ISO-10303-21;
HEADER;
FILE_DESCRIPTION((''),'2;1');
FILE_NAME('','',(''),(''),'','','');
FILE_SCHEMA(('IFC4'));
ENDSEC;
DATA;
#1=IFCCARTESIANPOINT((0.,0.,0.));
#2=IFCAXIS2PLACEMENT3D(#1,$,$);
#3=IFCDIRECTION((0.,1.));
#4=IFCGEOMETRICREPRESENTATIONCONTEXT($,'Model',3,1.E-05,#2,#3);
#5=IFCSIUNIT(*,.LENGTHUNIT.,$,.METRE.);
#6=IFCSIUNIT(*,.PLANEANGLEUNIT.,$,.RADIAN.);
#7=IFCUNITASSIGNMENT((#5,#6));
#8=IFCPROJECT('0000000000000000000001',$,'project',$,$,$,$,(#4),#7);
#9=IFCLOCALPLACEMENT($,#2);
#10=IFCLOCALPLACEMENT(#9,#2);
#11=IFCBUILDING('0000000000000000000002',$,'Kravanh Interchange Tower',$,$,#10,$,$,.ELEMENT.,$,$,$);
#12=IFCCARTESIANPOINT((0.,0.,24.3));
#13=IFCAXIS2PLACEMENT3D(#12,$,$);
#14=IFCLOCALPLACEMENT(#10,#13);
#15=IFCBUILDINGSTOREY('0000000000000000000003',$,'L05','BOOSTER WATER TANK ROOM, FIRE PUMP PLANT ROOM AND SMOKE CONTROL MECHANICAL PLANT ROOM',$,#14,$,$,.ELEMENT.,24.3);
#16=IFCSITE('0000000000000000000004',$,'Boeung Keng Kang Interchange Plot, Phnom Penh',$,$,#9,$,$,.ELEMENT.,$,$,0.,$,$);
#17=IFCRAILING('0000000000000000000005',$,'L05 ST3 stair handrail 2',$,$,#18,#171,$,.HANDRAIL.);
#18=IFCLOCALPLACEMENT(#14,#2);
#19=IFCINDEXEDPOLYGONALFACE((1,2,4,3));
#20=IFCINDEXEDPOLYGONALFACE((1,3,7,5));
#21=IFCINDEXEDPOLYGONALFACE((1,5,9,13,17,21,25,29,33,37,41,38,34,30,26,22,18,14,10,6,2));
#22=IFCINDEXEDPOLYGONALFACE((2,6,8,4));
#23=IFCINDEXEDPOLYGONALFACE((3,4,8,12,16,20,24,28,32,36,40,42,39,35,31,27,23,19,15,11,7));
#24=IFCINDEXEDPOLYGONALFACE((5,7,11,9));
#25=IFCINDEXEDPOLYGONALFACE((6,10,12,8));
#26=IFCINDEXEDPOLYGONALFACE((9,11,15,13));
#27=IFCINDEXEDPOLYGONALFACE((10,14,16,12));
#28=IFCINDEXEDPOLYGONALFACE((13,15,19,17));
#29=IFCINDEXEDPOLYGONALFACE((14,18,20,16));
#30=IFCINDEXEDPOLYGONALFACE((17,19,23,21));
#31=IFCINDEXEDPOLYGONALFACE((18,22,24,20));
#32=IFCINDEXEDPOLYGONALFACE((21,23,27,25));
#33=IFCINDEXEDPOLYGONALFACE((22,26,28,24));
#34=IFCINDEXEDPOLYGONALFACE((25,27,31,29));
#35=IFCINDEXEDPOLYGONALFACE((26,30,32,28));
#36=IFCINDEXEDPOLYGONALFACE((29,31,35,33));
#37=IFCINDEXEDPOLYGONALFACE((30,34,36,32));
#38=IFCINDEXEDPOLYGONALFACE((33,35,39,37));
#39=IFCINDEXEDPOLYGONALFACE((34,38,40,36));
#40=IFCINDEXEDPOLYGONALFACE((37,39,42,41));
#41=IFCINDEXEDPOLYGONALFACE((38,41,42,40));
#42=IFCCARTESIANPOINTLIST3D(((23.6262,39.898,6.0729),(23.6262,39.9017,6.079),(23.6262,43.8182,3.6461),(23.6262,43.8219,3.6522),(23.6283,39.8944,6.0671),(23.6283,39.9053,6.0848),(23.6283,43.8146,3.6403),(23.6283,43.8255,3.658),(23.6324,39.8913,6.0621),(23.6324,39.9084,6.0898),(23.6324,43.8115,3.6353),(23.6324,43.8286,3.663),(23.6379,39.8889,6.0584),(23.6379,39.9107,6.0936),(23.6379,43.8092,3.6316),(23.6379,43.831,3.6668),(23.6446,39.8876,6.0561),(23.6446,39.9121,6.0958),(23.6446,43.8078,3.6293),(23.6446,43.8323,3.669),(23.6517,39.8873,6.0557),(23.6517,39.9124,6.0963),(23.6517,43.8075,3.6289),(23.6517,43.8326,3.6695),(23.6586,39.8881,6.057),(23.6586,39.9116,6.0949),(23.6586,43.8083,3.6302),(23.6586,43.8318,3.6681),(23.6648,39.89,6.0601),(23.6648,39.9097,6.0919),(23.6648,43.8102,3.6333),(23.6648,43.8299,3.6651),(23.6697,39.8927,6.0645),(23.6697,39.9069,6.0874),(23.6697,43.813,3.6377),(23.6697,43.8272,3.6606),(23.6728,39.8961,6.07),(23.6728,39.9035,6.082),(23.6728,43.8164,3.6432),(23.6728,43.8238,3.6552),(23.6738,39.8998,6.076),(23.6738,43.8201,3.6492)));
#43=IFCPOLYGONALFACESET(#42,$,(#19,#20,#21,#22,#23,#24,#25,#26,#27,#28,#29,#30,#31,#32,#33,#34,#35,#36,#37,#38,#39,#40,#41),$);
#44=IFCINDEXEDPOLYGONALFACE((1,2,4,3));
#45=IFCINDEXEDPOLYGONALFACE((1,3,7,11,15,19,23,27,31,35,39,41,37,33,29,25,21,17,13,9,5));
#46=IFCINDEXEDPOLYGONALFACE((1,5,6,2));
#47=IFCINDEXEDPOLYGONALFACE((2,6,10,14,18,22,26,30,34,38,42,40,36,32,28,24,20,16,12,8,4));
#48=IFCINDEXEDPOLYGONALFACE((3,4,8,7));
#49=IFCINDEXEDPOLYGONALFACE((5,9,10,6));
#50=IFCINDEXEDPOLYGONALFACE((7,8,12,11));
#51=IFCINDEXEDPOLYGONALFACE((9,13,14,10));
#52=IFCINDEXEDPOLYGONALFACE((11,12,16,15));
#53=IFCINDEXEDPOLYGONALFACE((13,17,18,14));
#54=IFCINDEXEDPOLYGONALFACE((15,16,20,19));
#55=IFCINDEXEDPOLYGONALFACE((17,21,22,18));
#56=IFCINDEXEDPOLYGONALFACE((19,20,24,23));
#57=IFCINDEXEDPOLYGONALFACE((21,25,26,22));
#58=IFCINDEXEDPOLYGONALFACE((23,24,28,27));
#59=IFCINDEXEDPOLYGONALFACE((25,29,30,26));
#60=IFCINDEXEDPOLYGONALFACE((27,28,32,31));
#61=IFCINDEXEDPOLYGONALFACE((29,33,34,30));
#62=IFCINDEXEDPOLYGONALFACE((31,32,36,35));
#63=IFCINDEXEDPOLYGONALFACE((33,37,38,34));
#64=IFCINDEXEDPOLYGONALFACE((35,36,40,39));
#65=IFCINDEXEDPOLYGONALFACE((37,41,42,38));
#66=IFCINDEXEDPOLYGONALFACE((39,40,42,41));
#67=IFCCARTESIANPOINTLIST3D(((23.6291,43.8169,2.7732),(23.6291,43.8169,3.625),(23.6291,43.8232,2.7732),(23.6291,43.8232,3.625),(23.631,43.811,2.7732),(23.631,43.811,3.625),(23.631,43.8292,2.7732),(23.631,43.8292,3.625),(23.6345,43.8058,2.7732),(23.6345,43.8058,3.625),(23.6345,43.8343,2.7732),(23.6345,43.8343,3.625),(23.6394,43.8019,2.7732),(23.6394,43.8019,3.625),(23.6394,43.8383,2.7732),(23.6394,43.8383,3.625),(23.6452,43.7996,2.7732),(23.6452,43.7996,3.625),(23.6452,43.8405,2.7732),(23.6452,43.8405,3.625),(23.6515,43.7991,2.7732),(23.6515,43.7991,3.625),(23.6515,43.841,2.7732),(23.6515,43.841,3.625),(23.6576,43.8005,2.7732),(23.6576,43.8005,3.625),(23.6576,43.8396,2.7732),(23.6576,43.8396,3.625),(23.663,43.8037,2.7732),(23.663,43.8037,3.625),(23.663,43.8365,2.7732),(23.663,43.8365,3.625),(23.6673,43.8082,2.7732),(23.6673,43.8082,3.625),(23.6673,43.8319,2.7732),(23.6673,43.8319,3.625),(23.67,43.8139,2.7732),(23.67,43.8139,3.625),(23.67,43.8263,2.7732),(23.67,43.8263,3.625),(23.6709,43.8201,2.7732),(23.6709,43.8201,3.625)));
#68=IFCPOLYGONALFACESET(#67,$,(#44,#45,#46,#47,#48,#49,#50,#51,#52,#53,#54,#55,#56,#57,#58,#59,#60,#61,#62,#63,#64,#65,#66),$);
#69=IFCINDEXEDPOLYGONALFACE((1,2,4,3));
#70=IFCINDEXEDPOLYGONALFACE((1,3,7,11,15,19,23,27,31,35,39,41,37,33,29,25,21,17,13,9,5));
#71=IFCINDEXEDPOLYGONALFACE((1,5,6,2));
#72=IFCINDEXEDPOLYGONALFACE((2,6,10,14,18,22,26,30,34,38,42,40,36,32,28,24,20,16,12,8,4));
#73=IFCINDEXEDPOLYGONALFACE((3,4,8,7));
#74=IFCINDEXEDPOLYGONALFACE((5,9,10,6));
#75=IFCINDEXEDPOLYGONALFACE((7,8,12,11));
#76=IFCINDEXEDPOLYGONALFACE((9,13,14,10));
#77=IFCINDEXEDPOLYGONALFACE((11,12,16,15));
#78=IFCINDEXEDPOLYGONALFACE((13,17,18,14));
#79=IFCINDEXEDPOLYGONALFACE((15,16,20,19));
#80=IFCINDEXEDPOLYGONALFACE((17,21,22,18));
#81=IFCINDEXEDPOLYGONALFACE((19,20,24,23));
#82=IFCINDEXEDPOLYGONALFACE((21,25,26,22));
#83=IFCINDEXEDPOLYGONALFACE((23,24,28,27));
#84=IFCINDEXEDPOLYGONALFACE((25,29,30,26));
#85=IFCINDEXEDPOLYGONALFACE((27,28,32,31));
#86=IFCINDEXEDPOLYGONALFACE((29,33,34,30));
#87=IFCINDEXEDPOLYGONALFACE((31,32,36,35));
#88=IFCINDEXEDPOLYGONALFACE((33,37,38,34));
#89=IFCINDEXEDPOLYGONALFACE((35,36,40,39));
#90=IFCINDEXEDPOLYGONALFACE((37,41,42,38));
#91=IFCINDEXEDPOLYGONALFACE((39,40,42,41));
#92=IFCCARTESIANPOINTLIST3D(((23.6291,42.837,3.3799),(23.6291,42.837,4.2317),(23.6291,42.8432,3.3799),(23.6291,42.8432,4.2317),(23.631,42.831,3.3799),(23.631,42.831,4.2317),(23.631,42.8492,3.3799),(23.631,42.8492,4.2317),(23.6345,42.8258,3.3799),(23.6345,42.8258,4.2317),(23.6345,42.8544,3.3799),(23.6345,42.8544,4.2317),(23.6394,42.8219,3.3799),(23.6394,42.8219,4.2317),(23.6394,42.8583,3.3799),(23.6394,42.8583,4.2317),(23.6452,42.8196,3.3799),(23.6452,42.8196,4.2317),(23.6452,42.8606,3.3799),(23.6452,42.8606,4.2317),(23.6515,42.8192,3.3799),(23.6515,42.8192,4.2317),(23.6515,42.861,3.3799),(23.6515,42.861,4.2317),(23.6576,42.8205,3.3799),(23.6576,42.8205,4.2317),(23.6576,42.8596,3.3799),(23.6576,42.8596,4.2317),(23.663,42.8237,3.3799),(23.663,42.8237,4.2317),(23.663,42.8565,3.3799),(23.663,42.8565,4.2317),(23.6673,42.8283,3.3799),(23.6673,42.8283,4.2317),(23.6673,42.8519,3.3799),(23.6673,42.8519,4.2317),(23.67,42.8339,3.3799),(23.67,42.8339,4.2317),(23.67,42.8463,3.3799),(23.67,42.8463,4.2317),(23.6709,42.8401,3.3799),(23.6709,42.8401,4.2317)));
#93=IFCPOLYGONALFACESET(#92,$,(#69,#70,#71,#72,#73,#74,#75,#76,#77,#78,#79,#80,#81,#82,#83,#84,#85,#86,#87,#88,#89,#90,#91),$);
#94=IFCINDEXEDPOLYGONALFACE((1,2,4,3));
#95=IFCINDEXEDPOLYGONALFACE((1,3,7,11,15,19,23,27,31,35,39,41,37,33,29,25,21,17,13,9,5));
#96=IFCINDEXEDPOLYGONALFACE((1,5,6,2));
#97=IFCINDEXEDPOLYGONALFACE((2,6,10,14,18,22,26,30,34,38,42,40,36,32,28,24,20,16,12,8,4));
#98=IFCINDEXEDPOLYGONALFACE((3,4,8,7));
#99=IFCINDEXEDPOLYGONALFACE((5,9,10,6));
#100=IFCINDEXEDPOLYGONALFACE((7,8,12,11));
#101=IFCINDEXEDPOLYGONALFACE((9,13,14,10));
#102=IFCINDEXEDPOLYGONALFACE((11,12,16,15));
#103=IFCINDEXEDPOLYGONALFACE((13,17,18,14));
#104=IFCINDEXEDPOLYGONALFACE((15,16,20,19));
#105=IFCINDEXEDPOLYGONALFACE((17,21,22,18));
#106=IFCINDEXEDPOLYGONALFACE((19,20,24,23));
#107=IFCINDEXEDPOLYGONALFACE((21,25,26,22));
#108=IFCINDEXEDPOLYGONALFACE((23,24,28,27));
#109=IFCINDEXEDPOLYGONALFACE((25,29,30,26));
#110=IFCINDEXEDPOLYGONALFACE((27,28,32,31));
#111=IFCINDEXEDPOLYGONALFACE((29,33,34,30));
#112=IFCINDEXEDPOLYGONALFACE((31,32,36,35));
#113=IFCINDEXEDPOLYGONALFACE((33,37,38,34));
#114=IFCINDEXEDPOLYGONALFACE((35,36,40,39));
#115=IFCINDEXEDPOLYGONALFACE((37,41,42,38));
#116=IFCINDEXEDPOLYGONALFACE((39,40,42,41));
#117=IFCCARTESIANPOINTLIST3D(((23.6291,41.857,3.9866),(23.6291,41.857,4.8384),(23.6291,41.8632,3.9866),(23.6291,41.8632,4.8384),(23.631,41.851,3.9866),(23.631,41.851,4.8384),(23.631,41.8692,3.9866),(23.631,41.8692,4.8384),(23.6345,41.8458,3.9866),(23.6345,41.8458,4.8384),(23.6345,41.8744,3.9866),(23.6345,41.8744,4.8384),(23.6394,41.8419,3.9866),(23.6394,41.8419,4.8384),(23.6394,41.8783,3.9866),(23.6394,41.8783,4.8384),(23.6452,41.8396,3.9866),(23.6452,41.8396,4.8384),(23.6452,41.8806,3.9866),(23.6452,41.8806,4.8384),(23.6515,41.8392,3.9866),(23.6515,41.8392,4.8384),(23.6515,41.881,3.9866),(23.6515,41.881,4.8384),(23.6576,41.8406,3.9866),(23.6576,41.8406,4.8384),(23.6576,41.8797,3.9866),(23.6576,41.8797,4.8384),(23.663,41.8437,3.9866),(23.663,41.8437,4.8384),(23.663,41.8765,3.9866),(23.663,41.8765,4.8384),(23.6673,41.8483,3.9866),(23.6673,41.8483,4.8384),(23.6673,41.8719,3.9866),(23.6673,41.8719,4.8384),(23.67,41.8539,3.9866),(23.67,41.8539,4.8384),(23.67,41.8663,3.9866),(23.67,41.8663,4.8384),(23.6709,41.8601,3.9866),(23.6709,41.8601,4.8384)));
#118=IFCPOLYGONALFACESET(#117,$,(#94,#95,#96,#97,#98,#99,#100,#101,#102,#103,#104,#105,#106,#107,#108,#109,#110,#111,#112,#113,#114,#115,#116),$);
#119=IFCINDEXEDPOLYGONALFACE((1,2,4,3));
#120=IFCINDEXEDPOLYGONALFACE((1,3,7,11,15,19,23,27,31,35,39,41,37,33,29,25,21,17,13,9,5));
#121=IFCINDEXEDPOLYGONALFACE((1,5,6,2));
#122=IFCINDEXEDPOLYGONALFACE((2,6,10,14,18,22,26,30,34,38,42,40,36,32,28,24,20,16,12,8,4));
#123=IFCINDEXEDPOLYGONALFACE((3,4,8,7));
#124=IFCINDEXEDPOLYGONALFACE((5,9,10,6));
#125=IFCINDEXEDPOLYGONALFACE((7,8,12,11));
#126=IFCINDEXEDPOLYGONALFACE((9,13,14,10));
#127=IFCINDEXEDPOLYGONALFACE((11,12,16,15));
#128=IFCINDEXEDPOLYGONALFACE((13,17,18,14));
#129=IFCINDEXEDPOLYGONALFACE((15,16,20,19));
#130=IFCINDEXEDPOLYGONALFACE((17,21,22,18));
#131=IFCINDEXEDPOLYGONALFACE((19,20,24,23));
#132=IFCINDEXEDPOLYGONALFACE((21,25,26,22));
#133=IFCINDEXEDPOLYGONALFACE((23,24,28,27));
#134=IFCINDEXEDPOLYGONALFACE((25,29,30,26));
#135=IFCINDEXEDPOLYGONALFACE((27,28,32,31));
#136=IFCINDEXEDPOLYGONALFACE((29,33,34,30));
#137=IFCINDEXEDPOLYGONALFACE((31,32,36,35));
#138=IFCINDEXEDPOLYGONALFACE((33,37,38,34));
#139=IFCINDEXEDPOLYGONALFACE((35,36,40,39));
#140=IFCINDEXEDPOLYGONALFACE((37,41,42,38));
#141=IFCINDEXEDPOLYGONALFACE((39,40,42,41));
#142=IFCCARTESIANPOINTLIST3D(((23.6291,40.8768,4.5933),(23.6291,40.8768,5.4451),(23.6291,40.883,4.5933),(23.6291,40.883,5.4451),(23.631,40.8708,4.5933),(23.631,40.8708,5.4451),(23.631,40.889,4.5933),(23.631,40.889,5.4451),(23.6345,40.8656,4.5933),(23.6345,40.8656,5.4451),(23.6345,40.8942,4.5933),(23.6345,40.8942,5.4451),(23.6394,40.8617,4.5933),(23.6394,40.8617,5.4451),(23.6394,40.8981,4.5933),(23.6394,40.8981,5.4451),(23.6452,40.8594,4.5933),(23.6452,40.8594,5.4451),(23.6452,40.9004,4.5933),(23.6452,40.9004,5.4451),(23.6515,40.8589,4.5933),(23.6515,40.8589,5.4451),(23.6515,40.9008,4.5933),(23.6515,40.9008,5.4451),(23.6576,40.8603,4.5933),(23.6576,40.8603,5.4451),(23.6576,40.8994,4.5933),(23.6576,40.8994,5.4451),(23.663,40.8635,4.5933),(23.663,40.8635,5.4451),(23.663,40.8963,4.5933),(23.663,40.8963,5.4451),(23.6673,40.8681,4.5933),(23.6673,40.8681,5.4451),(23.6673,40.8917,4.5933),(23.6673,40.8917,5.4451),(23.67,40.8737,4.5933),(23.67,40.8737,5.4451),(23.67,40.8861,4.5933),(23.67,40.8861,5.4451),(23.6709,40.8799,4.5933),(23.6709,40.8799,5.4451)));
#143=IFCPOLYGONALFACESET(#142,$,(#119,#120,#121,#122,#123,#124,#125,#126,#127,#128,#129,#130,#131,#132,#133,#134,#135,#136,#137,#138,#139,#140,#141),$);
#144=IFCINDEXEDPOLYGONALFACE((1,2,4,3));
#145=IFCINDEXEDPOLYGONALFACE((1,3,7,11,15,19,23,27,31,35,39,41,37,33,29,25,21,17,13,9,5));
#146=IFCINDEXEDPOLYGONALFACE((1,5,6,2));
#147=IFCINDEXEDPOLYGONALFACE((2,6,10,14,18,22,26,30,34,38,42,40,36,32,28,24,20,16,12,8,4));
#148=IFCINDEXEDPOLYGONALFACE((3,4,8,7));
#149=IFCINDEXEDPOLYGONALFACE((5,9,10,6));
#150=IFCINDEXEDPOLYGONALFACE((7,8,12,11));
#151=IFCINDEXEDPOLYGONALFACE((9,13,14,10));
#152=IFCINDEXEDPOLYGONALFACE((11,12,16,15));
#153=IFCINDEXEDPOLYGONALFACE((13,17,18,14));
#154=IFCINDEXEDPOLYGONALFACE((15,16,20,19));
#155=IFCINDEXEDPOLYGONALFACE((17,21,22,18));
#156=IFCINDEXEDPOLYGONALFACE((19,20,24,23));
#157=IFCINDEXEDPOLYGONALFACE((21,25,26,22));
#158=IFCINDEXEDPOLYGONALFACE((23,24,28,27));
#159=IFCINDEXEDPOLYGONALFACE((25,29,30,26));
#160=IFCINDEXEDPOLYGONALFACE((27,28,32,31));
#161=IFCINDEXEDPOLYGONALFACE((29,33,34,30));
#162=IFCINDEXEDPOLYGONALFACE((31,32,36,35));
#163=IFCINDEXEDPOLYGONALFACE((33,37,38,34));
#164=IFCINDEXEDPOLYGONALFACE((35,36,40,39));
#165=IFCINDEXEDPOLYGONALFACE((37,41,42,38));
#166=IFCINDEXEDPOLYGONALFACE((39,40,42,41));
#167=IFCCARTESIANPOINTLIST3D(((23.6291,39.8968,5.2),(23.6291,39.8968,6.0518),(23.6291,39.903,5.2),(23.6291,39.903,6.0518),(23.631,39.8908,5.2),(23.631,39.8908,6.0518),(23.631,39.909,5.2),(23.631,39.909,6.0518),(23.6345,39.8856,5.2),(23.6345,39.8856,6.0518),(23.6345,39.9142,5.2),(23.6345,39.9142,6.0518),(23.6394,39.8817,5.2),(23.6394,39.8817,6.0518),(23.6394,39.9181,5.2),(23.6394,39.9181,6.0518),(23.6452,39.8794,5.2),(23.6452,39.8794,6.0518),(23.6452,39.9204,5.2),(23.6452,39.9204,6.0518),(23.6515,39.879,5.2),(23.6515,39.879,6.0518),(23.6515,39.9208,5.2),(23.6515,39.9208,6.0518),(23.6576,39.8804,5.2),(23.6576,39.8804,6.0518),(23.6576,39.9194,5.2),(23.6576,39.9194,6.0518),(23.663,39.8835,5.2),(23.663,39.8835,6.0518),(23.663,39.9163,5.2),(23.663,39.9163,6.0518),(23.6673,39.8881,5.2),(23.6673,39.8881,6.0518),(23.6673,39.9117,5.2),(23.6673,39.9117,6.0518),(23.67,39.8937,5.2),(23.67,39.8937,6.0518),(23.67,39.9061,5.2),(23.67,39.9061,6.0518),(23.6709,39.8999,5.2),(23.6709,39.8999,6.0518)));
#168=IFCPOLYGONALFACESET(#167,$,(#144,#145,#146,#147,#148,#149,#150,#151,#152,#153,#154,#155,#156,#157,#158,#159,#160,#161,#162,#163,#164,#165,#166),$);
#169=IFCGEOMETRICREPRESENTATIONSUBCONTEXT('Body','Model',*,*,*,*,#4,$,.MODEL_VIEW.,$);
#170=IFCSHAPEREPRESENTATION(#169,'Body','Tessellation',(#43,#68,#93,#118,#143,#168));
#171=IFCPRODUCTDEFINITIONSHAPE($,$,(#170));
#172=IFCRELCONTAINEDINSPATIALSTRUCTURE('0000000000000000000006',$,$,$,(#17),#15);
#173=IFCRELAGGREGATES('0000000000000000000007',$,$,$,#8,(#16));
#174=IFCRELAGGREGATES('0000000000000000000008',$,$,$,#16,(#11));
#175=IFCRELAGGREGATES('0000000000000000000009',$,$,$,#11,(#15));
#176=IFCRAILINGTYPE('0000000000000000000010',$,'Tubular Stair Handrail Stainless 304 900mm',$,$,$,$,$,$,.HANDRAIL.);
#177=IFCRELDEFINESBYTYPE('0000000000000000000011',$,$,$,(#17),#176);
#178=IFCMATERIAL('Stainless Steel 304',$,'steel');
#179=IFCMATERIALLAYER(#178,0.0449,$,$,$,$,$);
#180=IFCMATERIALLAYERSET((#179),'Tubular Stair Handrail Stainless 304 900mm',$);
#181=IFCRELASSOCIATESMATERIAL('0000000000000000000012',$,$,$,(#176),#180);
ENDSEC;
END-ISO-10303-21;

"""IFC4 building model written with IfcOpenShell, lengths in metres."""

from ifc_helpers import new_model, si_unit, direction, frame, origin, origin_2d, place, context, subcontext, project, spatial, circle, extrude, material, layer, layer_set, type_object, element, save


model = new_model("IFC4")

# Units and contexts
model_context = context("Model", 3, precision=1e-05, world=origin(), true_north=direction((0.0, 1.0)))
body_context = subcontext(model_context, "Body", "Model", "MODEL_VIEW")
ifc_project = project(units=[si_unit("LENGTHUNIT", "METRE"), si_unit("PLANEANGLEUNIT", "RADIAN")], contexts=[model_context])

# Site, building, storey
site_placement = place(None, origin())
site = spatial("IfcSite", under=ifc_project, at=site_placement, Name="Boeung Keng Kang Interchange Plot, Phnom Penh", CompositionType="ELEMENT", RefElevation=0.0)
building_placement = place(site_placement, origin())
building = spatial("IfcBuilding", under=site, at=building_placement, Name="Kravanh Interchange Tower", CompositionType="ELEMENT")
storey_placement = place(building_placement, frame((0.0, 0.0, 24.3)))
storey = spatial("IfcBuildingStorey", under=building, at=storey_placement, Name="L05", Description="BOOSTER WATER TANK ROOM, FIRE PUMP PLANT ROOM AND SMOKE CONTROL MECHANICAL PLANT ROOM", CompositionType="ELEMENT", Elevation=24.3)

# Railing
ifc_material_1 = material(Name="Stainless Steel 304", Category="steel")
ifc_layer_1 = layer(ifc_material_1, 0.0449)
ifc_layer_set_1 = layer_set([ifc_layer_1], Name="Tubular Stair Handrail Stainless 304 900mm")
railing_type_1 = type_object("IfcRailingType", Name="Tubular Stair Handrail Stainless 304 900mm", PredefinedType="HANDRAIL", material=ifc_layer_set_1)
railing_1_placement = place(storey_placement, frame((23.6499, 43.8201, 2.7732)))
element("IfcRailing", 1, at=railing_1_placement, inside=storey, type_object=railing_type_1, Name="L05 ST3 stair handrail 2", PredefinedType="HANDRAIL", context=body_context, shape_type="SweptSolid", body=[
    extrude(circle(Radius=0.0239, at=origin_2d()), frame((0.0, 0.0, 0.876), z_axis=(0.0, -0.850266, 0.526353), x_axis=(1.0, 0.0, 0.0)), (0.0, 0.0, 1.0), 4.6106),
    extrude(circle(Radius=0.021, at=origin_2d()), origin(), (0.0, 0.0, 1.0), 0.8518),
    extrude(circle(Radius=0.021, at=origin_2d()), frame((0.0, -0.98, 0.6067)), (0.0, 0.0, 1.0), 0.8518),
    extrude(circle(Radius=0.021, at=origin_2d()), frame((0.0, -1.96, 1.2134)), (0.0, 0.0, 1.0), 0.8518),
    extrude(circle(Radius=0.021, at=origin_2d()), frame((0.0, -2.9402, 1.8201)), (0.0, 0.0, 1.0), 0.8518),
    extrude(circle(Radius=0.021, at=origin_2d()), frame((0.0, -3.9202, 2.4268)), (0.0, 0.0, 1.0), 0.8518),
])

save(model, "model.ifc")
